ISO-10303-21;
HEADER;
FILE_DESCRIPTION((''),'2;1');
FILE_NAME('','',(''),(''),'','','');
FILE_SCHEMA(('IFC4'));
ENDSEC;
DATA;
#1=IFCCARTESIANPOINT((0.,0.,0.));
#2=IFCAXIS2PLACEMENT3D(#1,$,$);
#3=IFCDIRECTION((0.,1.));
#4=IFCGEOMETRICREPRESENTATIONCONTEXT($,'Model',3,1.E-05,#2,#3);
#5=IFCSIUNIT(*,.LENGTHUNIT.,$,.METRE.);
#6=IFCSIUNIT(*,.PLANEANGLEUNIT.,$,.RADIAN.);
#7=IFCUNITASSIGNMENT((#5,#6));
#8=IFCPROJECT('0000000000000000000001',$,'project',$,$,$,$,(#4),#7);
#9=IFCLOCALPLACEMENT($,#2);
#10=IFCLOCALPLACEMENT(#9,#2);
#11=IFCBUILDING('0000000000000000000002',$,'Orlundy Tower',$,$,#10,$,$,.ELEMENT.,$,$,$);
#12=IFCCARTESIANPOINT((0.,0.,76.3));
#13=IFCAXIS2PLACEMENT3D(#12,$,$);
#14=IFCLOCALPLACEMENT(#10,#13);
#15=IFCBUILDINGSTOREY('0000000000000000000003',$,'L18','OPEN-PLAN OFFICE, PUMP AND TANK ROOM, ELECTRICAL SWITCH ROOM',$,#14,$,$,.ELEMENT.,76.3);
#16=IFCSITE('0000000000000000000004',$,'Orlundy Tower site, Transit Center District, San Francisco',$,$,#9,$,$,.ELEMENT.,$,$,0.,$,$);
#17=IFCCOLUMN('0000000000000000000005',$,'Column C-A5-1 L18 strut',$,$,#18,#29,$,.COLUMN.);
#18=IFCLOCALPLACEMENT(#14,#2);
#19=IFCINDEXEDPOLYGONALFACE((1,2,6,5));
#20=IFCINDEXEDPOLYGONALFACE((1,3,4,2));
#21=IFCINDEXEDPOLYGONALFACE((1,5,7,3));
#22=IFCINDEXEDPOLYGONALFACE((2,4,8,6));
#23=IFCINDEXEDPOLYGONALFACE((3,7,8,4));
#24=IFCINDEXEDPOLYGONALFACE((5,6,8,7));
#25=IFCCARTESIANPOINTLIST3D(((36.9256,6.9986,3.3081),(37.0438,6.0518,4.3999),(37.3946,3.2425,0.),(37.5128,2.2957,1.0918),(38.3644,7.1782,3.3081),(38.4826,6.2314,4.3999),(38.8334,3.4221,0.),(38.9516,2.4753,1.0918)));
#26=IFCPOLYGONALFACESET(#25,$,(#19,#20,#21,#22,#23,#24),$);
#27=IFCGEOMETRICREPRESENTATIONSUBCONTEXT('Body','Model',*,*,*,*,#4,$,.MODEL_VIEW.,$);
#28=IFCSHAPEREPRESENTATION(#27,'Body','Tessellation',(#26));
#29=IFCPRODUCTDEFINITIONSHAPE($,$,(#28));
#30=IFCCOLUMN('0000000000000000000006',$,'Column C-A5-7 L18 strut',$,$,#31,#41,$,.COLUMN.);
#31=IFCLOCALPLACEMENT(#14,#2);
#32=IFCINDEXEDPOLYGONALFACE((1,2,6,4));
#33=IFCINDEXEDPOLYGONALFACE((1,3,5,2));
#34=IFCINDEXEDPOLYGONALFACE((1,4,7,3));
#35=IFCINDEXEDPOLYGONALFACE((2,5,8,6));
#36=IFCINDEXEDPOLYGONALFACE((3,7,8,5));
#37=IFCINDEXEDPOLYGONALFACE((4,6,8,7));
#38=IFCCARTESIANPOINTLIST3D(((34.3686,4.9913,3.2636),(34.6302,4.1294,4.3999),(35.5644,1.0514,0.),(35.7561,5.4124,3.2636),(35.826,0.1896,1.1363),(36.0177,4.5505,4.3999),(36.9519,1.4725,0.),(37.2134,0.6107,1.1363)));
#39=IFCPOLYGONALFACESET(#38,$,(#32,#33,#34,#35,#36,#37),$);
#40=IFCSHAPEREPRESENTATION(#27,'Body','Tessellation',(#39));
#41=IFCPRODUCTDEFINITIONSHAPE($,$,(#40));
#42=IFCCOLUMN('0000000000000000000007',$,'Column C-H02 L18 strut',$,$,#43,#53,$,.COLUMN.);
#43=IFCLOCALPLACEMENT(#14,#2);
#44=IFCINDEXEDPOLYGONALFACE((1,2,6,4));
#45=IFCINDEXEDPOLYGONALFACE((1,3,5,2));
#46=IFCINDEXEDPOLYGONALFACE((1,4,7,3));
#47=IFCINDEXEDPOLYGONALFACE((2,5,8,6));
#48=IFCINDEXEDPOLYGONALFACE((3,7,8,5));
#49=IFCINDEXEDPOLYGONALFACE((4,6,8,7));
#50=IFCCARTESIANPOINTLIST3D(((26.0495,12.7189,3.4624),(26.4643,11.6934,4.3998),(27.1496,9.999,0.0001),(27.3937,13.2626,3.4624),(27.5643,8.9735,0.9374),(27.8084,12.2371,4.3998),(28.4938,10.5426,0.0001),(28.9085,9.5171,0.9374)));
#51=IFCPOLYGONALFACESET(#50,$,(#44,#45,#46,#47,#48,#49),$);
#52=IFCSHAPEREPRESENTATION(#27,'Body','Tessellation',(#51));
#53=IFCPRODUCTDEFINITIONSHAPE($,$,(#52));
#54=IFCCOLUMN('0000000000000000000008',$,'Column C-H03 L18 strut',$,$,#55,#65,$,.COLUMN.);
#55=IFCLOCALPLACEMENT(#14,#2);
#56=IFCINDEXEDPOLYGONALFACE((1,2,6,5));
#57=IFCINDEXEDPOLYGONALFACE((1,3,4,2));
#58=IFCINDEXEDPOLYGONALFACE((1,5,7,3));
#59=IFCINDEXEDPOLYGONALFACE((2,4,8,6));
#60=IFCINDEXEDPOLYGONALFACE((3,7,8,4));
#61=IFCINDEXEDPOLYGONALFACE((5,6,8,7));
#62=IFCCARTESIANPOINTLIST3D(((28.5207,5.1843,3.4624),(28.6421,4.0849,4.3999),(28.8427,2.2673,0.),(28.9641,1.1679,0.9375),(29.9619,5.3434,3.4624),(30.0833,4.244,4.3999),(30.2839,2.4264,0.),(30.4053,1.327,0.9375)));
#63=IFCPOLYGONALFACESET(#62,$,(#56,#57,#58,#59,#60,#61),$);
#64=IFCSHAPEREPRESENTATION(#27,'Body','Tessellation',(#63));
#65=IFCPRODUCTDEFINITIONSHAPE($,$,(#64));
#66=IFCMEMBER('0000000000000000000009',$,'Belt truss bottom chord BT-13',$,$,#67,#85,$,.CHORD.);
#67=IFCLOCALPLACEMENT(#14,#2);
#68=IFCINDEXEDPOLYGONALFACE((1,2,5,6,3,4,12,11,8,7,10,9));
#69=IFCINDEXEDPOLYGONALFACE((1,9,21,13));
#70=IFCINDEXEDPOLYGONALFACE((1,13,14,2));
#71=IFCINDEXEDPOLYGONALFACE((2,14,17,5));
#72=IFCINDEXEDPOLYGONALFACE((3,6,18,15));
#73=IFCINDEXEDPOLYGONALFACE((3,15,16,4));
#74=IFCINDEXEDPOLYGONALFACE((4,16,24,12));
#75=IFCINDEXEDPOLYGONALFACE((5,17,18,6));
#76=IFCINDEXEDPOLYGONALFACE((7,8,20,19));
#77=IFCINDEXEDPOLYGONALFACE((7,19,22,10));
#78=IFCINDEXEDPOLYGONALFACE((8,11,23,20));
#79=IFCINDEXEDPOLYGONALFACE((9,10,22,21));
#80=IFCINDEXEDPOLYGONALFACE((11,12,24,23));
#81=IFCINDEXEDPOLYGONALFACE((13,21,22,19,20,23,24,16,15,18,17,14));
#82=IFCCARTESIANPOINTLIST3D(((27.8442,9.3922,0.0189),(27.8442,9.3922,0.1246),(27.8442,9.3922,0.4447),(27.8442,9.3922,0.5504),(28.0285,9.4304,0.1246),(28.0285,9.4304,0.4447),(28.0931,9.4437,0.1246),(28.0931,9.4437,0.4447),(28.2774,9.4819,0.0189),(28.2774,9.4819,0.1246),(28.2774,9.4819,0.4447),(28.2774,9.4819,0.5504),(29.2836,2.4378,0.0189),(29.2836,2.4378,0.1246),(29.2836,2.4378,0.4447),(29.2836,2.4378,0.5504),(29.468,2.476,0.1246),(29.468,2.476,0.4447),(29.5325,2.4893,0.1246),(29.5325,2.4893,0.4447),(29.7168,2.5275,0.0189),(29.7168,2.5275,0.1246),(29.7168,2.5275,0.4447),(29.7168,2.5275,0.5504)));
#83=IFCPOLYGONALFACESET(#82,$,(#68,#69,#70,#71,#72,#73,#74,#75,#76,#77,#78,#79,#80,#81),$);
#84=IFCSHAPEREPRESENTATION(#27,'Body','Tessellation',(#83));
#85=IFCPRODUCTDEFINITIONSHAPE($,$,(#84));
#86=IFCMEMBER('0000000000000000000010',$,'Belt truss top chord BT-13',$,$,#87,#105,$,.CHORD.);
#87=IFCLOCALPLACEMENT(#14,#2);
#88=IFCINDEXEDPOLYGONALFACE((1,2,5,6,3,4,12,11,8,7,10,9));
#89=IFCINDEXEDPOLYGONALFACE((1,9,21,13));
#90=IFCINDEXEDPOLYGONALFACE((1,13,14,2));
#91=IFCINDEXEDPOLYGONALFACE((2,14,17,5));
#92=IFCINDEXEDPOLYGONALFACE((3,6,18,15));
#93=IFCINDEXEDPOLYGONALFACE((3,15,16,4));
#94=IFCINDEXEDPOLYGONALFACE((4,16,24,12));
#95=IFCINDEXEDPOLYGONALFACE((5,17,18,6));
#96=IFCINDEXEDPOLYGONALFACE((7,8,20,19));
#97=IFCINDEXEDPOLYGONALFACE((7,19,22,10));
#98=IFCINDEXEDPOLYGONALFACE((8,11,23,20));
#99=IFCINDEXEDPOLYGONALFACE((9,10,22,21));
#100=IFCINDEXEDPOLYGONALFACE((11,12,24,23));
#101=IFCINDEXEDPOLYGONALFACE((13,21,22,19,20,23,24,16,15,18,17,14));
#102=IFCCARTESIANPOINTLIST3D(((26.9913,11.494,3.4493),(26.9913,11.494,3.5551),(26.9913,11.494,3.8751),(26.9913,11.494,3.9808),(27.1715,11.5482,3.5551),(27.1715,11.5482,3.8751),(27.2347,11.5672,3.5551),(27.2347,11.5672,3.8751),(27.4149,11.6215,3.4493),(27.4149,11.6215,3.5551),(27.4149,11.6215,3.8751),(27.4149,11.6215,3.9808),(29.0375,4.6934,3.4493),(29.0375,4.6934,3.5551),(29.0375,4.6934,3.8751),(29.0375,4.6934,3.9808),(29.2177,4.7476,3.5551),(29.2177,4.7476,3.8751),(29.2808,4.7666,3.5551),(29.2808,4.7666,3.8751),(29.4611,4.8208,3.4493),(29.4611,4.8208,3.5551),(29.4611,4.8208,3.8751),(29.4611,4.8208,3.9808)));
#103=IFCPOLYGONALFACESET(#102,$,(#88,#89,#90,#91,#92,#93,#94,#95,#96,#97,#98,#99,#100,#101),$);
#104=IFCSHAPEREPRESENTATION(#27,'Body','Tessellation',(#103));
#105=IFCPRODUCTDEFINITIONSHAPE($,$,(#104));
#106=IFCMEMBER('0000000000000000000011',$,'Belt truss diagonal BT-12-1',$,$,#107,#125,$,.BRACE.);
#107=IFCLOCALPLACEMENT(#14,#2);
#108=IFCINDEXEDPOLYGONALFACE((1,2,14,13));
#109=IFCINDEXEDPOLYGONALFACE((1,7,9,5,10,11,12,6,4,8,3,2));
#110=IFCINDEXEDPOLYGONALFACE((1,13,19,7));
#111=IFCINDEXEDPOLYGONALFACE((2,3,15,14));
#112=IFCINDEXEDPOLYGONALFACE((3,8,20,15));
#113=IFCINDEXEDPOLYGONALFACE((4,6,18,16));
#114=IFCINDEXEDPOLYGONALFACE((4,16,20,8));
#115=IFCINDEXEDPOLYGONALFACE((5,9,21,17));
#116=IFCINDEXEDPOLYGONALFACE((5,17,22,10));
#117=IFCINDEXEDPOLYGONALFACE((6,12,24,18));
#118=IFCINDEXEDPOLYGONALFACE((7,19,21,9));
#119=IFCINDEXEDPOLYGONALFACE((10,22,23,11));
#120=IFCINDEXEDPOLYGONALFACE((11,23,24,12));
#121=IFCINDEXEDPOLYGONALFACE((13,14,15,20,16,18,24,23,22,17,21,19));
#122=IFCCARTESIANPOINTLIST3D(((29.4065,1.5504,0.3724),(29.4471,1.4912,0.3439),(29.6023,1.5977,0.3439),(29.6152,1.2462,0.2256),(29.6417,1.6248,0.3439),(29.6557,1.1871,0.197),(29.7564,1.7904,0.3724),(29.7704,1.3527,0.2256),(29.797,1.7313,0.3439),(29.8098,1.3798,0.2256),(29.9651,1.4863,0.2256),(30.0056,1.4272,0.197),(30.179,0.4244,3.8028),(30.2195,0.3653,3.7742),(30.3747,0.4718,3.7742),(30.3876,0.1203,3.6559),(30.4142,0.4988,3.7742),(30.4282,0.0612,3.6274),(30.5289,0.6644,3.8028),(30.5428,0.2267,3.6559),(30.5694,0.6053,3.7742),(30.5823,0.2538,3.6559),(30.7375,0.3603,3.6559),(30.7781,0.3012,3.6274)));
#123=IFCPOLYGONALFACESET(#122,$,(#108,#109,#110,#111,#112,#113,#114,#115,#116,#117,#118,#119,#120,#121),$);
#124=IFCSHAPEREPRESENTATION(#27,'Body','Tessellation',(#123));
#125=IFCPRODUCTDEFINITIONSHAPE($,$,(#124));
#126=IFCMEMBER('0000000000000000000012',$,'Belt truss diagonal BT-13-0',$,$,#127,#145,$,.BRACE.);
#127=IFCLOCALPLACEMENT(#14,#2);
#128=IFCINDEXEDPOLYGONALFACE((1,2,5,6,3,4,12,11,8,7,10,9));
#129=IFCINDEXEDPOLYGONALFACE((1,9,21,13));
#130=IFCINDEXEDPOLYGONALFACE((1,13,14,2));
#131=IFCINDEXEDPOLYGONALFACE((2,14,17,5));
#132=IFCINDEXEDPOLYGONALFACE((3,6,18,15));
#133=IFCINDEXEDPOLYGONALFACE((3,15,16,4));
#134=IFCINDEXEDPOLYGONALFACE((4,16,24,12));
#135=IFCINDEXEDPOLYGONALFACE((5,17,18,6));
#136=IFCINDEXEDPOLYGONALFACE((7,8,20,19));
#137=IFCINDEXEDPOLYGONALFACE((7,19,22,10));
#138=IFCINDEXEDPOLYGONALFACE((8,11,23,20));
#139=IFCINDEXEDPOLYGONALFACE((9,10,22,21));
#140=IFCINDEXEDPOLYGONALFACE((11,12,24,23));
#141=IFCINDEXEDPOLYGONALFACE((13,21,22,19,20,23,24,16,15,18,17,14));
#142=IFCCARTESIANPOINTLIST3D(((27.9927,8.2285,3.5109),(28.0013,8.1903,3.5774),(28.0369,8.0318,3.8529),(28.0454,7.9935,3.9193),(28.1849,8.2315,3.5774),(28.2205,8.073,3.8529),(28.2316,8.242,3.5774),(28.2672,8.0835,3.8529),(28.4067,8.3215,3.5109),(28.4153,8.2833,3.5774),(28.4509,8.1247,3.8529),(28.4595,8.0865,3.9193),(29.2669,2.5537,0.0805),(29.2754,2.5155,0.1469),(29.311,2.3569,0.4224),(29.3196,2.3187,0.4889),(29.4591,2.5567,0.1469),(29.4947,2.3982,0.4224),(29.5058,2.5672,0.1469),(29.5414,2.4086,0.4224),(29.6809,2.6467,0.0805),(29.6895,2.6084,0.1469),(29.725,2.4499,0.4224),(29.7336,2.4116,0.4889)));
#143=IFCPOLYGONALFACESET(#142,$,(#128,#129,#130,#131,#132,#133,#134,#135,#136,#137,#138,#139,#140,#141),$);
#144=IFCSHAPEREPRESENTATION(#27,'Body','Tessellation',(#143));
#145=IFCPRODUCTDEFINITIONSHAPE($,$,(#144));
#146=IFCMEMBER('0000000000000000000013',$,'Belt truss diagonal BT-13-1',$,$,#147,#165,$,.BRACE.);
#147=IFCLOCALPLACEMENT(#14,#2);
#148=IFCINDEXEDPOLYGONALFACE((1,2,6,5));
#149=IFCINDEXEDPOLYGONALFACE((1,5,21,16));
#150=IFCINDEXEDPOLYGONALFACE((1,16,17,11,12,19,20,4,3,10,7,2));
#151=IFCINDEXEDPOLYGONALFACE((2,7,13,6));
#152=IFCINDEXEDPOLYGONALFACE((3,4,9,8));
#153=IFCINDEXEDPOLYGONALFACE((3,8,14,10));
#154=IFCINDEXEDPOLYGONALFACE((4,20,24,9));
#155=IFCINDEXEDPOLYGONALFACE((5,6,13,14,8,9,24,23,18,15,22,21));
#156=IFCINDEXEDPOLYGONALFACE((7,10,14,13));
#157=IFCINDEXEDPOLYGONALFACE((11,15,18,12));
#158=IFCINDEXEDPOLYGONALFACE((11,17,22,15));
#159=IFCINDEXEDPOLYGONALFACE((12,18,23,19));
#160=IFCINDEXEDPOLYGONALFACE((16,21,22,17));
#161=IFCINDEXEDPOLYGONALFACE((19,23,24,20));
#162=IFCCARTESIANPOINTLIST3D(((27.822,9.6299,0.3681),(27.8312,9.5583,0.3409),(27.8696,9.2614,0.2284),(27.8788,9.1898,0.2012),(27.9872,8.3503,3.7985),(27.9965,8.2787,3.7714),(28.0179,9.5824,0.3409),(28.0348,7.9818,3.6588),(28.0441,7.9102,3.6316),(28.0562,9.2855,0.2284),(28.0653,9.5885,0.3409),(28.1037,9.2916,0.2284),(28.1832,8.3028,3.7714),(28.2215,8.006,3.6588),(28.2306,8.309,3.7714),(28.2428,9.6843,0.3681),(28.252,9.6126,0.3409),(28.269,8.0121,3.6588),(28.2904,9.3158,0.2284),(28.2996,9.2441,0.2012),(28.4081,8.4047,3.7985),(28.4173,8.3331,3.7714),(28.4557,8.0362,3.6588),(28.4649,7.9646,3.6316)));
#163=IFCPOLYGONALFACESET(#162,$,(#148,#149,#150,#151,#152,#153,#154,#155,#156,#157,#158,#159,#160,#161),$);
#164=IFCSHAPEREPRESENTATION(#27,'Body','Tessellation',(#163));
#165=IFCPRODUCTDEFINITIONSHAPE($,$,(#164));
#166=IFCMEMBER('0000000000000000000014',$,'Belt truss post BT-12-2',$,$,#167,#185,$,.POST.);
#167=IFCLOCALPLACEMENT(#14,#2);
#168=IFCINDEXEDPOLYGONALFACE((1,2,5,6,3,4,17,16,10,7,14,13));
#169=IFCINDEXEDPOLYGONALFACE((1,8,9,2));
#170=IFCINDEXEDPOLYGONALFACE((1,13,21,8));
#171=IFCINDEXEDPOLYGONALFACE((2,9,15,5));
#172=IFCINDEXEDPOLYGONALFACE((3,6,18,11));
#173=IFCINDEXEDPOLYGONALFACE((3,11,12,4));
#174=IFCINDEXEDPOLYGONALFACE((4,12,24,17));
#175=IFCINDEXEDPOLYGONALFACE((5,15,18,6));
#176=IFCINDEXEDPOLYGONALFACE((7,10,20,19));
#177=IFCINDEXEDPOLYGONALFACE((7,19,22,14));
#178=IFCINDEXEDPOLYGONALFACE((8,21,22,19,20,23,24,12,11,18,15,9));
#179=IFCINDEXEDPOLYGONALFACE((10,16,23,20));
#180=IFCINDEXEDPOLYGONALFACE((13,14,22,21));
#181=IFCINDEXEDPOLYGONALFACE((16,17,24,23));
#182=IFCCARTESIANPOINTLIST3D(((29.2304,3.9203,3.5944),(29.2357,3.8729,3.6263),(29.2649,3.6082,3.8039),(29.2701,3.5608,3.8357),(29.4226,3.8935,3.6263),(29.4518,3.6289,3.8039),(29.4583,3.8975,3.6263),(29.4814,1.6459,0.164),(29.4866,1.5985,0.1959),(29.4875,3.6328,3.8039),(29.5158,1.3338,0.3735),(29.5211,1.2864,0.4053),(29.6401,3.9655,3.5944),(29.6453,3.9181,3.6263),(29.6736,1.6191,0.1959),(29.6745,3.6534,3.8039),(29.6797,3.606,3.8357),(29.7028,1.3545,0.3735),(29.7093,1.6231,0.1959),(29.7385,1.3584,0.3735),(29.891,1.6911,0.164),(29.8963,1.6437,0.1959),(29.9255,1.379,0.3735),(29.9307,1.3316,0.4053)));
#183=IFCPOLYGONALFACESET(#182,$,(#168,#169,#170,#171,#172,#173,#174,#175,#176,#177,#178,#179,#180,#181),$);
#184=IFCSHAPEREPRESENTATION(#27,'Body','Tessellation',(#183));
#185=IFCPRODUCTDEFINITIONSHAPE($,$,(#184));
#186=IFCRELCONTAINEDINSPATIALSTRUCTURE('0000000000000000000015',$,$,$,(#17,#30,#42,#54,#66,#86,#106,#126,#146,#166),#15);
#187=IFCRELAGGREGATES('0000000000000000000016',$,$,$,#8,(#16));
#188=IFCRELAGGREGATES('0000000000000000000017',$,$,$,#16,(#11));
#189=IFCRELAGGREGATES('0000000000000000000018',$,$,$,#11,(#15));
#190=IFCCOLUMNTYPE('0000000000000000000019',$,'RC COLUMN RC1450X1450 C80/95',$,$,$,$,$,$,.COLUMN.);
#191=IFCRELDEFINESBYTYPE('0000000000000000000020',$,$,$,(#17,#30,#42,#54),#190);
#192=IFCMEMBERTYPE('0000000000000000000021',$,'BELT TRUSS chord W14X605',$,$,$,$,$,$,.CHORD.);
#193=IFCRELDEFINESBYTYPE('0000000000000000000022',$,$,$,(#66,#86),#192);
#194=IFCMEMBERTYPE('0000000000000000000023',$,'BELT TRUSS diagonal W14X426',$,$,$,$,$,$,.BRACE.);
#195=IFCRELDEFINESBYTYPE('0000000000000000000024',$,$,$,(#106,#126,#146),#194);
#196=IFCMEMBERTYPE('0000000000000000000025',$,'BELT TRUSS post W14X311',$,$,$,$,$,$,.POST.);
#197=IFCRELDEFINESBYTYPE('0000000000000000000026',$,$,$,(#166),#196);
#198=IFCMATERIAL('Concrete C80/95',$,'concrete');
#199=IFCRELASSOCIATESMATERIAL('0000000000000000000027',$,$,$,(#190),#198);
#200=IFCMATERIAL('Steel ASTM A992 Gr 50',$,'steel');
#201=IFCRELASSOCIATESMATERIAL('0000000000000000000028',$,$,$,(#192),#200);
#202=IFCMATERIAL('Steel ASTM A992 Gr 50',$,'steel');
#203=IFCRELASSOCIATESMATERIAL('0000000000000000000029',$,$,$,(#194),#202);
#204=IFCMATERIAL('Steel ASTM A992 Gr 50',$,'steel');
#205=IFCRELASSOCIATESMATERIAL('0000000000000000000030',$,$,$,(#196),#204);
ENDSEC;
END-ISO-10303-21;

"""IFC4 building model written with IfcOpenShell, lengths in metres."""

from ifc_helpers import new_model, si_unit, direction, frame, origin, origin_2d, place, context, subcontext, project, spatial, rectangle, i_section, extrude, material, material_profile, profile_set, type_object, element, save


model = new_model("IFC4")

# Units and contexts
model_context = context("Model", 3, precision=1e-05, world=origin(), true_north=direction((0.0, 1.0)))
body_context = subcontext(model_context, "Body", "Model", "MODEL_VIEW")
ifc_project = project(units=[si_unit("LENGTHUNIT", "METRE"), si_unit("PLANEANGLEUNIT", "RADIAN")], contexts=[model_context])

# Site, building, storey
site_placement = place(None, origin())
site = spatial("IfcSite", under=ifc_project, at=site_placement, Name="Orlundy Tower site, Transit Center District, San Francisco", CompositionType="ELEMENT", RefElevation=0.0)
building_placement = place(site_placement, origin())
building = spatial("IfcBuilding", under=site, at=building_placement, Name="Orlundy Tower", CompositionType="ELEMENT")
storey_placement = place(building_placement, frame((0.0, 0.0, 76.3)))
storey = spatial("IfcBuildingStorey", under=building, at=storey_placement, Name="L18", Description="OPEN-PLAN OFFICE, PUMP AND TANK ROOM, ELECTRICAL SWITCH ROOM", CompositionType="ELEMENT", Elevation=76.3)

# Columns
ifc_material_1 = material(Name="Concrete C80/95", Category="concrete")
ifc_material_profile_1 = material_profile(ifc_material_1, rectangle(XDim=1.45, YDim=1.45, at=origin_2d()), Name="RC1450X1450")
ifc_profile_set_1 = profile_set([ifc_material_profile_1], Name="Concrete C80/95")
column_type = type_object("IfcColumnType", Name="RC COLUMN RC1450X1450 C80/95", PredefinedType="COLUMN", material=ifc_profile_set_1)
column_1_placement = place(storey_placement, frame((38.1731, 2.8589, 0.5459), z_axis=(-0.093293, 0.74717, 0.658053), x_axis=(-0.992295, -0.1239, 0.0)))
element("IfcColumn", 1, at=column_1_placement, inside=storey, type_object=column_type, Name="Column C-A5-1 L18 strut", PredefinedType="COLUMN", context=body_context, shape_type="SweptSolid", body=[
    extrude(rectangle(XDim=1.45, YDim=1.45, at=origin_2d()), origin(), (0.0, 0.0, 1.0), 5.0271),
])
column_2_placement = place(storey_placement, frame((36.3889, 0.8311, 0.5681), z_axis=(-0.227598, 0.749892, 0.621177), x_axis=(-0.956898, -0.290425, 0.0)))
element("IfcColumn", 2, at=column_2_placement, inside=storey, type_object=column_type, Name="Column C-A5-7 L18 strut", PredefinedType="COLUMN", context=body_context, shape_type="SweptSolid", body=[
    extrude(rectangle(XDim=1.45, YDim=1.45, at=origin_2d()), origin(), (0.0, 0.0, 1.0), 5.2539),
])
column_3_placement = place(storey_placement, frame((28.0291, 9.7581, 0.4688), z_axis=(-0.2424, 0.599329, 0.76292), x_axis=(-0.927047, -0.374946, 0.0)))
element("IfcColumn", 3, at=column_3_placement, inside=storey, type_object=column_type, Name="Column C-H02 L18 strut", PredefinedType="COLUMN", context=body_context, shape_type="SweptSolid", body=[
    extrude(rectangle(XDim=1.45, YDim=1.45, at=origin_2d()), origin(), (0.0, 0.0, 1.0), 4.5383),
])
column_4_placement = place(storey_placement, frame((29.624, 1.7971, 0.4688), z_axis=(-0.070948, 0.642678, 0.762844), x_axis=(-0.993962, -0.109728, 0.0)))
element("IfcColumn", 4, at=column_4_placement, inside=storey, type_object=column_type, Name="Column C-H03 L18 strut", PredefinedType="COLUMN", context=body_context, shape_type="SweptSolid", body=[
    extrude(rectangle(XDim=1.45, YDim=1.45, at=origin_2d()), origin(), (0.0, 0.0, 1.0), 4.5388),
])

# Members
ifc_material_2 = material(Name="Steel ASTM A992 Gr 50", Category="steel")
ifc_material_profile_2 = material_profile(ifc_material_2, i_section(OverallWidth=0.4424, OverallDepth=0.5315, WebThickness=0.0659, FlangeThickness=0.1057, at=origin_2d()), Name="W14X605")
ifc_profile_set_2 = profile_set([ifc_material_profile_2], Name="Steel ASTM A992 Gr 50")
member_type_1 = type_object("IfcMemberType", Name="BELT TRUSS chord W14X605", PredefinedType="CHORD", material=ifc_profile_set_2)
for number, where, z_axis, x_axis, name in (
    (5, (29.5002, 2.4827, 0.2847), (-0.20269, 0.979243, 0.0), (-0.979243, -0.20269, 0.0), "Belt truss bottom chord BT-13"),
    (6, (29.2493, 4.7571, 3.7151), (-0.288121, 0.957594, 0.0), (-0.957594, -0.288121, 0.0), "Belt truss top chord BT-13"),
):
    element("IfcMember", number, at=place(storey_placement, frame(where, z_axis=z_axis, x_axis=x_axis)), inside=storey, type_object=member_type_1, Name=name, PredefinedType="CHORD", context=body_context, shape_type="SweptSolid", body=[
        extrude(i_section(OverallWidth=0.4424, OverallDepth=0.5315, WebThickness=0.0659, FlangeThickness=0.1057, at=origin_2d()), origin(), (0.0, 0.0, 1.0), 7.1018),
    ])
ifc_material_3 = material(Name="Steel ASTM A992 Gr 50", Category="steel")
ifc_material_profile_3 = material_profile(ifc_material_3, i_section(OverallWidth=0.4243, OverallDepth=0.4741, WebThickness=0.0479, FlangeThickness=0.0771, at=origin_2d()), Name="W14X426")
ifc_profile_set_3 = profile_set([ifc_material_profile_3], Name="Steel ASTM A992 Gr 50")
member_type_2 = type_object("IfcMemberType", Name="BELT TRUSS diagonal W14X426", PredefinedType="BRACE", material=ifc_profile_set_3)
member_1_placement = place(storey_placement, frame((30.4785, 0.3628, 3.7151), z_axis=(-0.209215, 0.304961, -0.929101), x_axis=(-0.824605, -0.565709, 0.0)))
element("IfcMember", 7, at=member_1_placement, inside=storey, type_object=member_type_2, Name="Belt truss diagonal BT-12-1", PredefinedType="BRACE", context=body_context, shape_type="SweptSolid", body=[
    extrude(i_section(OverallWidth=0.4243, OverallDepth=0.4741, WebThickness=0.0479, FlangeThickness=0.0771, at=origin_2d()), origin(), (0.0, 0.0, 1.0), 3.6921),
])
member_2_placement = place(storey_placement, frame((29.5002, 2.4827, 0.2847), z_axis=(-0.188699, 0.840415, 0.508031), x_axis=(-0.975708, -0.219077, 0.0)))
element("IfcMember", 8, at=member_2_placement, inside=storey, type_object=member_type_2, Name="Belt truss diagonal BT-13-0", PredefinedType="BRACE", context=body_context, shape_type="SweptSolid", body=[
    extrude(i_section(OverallWidth=0.4243, OverallDepth=0.4741, WebThickness=0.0479, FlangeThickness=0.0771, at=origin_2d()), origin(), (0.0, 0.0, 1.0), 6.7524),
])
member_3_placement = place(storey_placement, frame((28.2261, 8.1575, 3.7151), z_axis=(-0.045098, 0.349123, -0.935991), x_axis=(-0.99176, -0.128109, 0.0)))
element("IfcMember", 9, at=member_3_placement, inside=storey, type_object=member_type_2, Name="Belt truss diagonal BT-13-1", PredefinedType="BRACE", context=body_context, shape_type="SweptSolid", body=[
    extrude(i_section(OverallWidth=0.4243, OverallDepth=0.4741, WebThickness=0.0479, FlangeThickness=0.0771, at=origin_2d()), origin(), (0.0, 0.0, 1.0), 3.665),
])
ifc_material_4 = material(Name="Steel ASTM A992 Gr 50", Category="steel")
ifc_material_profile_4 = material_profile(ifc_material_4, i_section(OverallWidth=0.4121, OverallDepth=0.4348, WebThickness=0.0359, FlangeThickness=0.0574, at=origin_2d()), Name="W14X311")
ifc_profile_set_4 = profile_set([ifc_material_profile_4], Name="Steel ASTM A992 Gr 50")
member_type_3 = type_object("IfcMemberType", Name="BELT TRUSS post W14X311", PredefinedType="POST", material=ifc_profile_set_4)
for number, where, z_axis, x_axis, name in (
    (10, (29.7061, 1.4888, 0.2847), (-0.060864, 0.551566, 0.831908), (-0.993967, -0.109682, 0.0), "Belt truss post BT-12-2"),
):
    element("IfcMember", number, at=place(storey_placement, frame(where, z_axis=z_axis, x_axis=x_axis)), inside=storey, type_object=member_type_3, Name=name, PredefinedType="POST", context=body_context, shape_type="SweptSolid", body=[
        extrude(i_section(OverallWidth=0.4121, OverallDepth=0.4348, WebThickness=0.0359, FlangeThickness=0.0574, at=origin_2d()), origin(), (0.0, 0.0, 1.0), 4.1235),
    ])

save(model, "model.ifc")
